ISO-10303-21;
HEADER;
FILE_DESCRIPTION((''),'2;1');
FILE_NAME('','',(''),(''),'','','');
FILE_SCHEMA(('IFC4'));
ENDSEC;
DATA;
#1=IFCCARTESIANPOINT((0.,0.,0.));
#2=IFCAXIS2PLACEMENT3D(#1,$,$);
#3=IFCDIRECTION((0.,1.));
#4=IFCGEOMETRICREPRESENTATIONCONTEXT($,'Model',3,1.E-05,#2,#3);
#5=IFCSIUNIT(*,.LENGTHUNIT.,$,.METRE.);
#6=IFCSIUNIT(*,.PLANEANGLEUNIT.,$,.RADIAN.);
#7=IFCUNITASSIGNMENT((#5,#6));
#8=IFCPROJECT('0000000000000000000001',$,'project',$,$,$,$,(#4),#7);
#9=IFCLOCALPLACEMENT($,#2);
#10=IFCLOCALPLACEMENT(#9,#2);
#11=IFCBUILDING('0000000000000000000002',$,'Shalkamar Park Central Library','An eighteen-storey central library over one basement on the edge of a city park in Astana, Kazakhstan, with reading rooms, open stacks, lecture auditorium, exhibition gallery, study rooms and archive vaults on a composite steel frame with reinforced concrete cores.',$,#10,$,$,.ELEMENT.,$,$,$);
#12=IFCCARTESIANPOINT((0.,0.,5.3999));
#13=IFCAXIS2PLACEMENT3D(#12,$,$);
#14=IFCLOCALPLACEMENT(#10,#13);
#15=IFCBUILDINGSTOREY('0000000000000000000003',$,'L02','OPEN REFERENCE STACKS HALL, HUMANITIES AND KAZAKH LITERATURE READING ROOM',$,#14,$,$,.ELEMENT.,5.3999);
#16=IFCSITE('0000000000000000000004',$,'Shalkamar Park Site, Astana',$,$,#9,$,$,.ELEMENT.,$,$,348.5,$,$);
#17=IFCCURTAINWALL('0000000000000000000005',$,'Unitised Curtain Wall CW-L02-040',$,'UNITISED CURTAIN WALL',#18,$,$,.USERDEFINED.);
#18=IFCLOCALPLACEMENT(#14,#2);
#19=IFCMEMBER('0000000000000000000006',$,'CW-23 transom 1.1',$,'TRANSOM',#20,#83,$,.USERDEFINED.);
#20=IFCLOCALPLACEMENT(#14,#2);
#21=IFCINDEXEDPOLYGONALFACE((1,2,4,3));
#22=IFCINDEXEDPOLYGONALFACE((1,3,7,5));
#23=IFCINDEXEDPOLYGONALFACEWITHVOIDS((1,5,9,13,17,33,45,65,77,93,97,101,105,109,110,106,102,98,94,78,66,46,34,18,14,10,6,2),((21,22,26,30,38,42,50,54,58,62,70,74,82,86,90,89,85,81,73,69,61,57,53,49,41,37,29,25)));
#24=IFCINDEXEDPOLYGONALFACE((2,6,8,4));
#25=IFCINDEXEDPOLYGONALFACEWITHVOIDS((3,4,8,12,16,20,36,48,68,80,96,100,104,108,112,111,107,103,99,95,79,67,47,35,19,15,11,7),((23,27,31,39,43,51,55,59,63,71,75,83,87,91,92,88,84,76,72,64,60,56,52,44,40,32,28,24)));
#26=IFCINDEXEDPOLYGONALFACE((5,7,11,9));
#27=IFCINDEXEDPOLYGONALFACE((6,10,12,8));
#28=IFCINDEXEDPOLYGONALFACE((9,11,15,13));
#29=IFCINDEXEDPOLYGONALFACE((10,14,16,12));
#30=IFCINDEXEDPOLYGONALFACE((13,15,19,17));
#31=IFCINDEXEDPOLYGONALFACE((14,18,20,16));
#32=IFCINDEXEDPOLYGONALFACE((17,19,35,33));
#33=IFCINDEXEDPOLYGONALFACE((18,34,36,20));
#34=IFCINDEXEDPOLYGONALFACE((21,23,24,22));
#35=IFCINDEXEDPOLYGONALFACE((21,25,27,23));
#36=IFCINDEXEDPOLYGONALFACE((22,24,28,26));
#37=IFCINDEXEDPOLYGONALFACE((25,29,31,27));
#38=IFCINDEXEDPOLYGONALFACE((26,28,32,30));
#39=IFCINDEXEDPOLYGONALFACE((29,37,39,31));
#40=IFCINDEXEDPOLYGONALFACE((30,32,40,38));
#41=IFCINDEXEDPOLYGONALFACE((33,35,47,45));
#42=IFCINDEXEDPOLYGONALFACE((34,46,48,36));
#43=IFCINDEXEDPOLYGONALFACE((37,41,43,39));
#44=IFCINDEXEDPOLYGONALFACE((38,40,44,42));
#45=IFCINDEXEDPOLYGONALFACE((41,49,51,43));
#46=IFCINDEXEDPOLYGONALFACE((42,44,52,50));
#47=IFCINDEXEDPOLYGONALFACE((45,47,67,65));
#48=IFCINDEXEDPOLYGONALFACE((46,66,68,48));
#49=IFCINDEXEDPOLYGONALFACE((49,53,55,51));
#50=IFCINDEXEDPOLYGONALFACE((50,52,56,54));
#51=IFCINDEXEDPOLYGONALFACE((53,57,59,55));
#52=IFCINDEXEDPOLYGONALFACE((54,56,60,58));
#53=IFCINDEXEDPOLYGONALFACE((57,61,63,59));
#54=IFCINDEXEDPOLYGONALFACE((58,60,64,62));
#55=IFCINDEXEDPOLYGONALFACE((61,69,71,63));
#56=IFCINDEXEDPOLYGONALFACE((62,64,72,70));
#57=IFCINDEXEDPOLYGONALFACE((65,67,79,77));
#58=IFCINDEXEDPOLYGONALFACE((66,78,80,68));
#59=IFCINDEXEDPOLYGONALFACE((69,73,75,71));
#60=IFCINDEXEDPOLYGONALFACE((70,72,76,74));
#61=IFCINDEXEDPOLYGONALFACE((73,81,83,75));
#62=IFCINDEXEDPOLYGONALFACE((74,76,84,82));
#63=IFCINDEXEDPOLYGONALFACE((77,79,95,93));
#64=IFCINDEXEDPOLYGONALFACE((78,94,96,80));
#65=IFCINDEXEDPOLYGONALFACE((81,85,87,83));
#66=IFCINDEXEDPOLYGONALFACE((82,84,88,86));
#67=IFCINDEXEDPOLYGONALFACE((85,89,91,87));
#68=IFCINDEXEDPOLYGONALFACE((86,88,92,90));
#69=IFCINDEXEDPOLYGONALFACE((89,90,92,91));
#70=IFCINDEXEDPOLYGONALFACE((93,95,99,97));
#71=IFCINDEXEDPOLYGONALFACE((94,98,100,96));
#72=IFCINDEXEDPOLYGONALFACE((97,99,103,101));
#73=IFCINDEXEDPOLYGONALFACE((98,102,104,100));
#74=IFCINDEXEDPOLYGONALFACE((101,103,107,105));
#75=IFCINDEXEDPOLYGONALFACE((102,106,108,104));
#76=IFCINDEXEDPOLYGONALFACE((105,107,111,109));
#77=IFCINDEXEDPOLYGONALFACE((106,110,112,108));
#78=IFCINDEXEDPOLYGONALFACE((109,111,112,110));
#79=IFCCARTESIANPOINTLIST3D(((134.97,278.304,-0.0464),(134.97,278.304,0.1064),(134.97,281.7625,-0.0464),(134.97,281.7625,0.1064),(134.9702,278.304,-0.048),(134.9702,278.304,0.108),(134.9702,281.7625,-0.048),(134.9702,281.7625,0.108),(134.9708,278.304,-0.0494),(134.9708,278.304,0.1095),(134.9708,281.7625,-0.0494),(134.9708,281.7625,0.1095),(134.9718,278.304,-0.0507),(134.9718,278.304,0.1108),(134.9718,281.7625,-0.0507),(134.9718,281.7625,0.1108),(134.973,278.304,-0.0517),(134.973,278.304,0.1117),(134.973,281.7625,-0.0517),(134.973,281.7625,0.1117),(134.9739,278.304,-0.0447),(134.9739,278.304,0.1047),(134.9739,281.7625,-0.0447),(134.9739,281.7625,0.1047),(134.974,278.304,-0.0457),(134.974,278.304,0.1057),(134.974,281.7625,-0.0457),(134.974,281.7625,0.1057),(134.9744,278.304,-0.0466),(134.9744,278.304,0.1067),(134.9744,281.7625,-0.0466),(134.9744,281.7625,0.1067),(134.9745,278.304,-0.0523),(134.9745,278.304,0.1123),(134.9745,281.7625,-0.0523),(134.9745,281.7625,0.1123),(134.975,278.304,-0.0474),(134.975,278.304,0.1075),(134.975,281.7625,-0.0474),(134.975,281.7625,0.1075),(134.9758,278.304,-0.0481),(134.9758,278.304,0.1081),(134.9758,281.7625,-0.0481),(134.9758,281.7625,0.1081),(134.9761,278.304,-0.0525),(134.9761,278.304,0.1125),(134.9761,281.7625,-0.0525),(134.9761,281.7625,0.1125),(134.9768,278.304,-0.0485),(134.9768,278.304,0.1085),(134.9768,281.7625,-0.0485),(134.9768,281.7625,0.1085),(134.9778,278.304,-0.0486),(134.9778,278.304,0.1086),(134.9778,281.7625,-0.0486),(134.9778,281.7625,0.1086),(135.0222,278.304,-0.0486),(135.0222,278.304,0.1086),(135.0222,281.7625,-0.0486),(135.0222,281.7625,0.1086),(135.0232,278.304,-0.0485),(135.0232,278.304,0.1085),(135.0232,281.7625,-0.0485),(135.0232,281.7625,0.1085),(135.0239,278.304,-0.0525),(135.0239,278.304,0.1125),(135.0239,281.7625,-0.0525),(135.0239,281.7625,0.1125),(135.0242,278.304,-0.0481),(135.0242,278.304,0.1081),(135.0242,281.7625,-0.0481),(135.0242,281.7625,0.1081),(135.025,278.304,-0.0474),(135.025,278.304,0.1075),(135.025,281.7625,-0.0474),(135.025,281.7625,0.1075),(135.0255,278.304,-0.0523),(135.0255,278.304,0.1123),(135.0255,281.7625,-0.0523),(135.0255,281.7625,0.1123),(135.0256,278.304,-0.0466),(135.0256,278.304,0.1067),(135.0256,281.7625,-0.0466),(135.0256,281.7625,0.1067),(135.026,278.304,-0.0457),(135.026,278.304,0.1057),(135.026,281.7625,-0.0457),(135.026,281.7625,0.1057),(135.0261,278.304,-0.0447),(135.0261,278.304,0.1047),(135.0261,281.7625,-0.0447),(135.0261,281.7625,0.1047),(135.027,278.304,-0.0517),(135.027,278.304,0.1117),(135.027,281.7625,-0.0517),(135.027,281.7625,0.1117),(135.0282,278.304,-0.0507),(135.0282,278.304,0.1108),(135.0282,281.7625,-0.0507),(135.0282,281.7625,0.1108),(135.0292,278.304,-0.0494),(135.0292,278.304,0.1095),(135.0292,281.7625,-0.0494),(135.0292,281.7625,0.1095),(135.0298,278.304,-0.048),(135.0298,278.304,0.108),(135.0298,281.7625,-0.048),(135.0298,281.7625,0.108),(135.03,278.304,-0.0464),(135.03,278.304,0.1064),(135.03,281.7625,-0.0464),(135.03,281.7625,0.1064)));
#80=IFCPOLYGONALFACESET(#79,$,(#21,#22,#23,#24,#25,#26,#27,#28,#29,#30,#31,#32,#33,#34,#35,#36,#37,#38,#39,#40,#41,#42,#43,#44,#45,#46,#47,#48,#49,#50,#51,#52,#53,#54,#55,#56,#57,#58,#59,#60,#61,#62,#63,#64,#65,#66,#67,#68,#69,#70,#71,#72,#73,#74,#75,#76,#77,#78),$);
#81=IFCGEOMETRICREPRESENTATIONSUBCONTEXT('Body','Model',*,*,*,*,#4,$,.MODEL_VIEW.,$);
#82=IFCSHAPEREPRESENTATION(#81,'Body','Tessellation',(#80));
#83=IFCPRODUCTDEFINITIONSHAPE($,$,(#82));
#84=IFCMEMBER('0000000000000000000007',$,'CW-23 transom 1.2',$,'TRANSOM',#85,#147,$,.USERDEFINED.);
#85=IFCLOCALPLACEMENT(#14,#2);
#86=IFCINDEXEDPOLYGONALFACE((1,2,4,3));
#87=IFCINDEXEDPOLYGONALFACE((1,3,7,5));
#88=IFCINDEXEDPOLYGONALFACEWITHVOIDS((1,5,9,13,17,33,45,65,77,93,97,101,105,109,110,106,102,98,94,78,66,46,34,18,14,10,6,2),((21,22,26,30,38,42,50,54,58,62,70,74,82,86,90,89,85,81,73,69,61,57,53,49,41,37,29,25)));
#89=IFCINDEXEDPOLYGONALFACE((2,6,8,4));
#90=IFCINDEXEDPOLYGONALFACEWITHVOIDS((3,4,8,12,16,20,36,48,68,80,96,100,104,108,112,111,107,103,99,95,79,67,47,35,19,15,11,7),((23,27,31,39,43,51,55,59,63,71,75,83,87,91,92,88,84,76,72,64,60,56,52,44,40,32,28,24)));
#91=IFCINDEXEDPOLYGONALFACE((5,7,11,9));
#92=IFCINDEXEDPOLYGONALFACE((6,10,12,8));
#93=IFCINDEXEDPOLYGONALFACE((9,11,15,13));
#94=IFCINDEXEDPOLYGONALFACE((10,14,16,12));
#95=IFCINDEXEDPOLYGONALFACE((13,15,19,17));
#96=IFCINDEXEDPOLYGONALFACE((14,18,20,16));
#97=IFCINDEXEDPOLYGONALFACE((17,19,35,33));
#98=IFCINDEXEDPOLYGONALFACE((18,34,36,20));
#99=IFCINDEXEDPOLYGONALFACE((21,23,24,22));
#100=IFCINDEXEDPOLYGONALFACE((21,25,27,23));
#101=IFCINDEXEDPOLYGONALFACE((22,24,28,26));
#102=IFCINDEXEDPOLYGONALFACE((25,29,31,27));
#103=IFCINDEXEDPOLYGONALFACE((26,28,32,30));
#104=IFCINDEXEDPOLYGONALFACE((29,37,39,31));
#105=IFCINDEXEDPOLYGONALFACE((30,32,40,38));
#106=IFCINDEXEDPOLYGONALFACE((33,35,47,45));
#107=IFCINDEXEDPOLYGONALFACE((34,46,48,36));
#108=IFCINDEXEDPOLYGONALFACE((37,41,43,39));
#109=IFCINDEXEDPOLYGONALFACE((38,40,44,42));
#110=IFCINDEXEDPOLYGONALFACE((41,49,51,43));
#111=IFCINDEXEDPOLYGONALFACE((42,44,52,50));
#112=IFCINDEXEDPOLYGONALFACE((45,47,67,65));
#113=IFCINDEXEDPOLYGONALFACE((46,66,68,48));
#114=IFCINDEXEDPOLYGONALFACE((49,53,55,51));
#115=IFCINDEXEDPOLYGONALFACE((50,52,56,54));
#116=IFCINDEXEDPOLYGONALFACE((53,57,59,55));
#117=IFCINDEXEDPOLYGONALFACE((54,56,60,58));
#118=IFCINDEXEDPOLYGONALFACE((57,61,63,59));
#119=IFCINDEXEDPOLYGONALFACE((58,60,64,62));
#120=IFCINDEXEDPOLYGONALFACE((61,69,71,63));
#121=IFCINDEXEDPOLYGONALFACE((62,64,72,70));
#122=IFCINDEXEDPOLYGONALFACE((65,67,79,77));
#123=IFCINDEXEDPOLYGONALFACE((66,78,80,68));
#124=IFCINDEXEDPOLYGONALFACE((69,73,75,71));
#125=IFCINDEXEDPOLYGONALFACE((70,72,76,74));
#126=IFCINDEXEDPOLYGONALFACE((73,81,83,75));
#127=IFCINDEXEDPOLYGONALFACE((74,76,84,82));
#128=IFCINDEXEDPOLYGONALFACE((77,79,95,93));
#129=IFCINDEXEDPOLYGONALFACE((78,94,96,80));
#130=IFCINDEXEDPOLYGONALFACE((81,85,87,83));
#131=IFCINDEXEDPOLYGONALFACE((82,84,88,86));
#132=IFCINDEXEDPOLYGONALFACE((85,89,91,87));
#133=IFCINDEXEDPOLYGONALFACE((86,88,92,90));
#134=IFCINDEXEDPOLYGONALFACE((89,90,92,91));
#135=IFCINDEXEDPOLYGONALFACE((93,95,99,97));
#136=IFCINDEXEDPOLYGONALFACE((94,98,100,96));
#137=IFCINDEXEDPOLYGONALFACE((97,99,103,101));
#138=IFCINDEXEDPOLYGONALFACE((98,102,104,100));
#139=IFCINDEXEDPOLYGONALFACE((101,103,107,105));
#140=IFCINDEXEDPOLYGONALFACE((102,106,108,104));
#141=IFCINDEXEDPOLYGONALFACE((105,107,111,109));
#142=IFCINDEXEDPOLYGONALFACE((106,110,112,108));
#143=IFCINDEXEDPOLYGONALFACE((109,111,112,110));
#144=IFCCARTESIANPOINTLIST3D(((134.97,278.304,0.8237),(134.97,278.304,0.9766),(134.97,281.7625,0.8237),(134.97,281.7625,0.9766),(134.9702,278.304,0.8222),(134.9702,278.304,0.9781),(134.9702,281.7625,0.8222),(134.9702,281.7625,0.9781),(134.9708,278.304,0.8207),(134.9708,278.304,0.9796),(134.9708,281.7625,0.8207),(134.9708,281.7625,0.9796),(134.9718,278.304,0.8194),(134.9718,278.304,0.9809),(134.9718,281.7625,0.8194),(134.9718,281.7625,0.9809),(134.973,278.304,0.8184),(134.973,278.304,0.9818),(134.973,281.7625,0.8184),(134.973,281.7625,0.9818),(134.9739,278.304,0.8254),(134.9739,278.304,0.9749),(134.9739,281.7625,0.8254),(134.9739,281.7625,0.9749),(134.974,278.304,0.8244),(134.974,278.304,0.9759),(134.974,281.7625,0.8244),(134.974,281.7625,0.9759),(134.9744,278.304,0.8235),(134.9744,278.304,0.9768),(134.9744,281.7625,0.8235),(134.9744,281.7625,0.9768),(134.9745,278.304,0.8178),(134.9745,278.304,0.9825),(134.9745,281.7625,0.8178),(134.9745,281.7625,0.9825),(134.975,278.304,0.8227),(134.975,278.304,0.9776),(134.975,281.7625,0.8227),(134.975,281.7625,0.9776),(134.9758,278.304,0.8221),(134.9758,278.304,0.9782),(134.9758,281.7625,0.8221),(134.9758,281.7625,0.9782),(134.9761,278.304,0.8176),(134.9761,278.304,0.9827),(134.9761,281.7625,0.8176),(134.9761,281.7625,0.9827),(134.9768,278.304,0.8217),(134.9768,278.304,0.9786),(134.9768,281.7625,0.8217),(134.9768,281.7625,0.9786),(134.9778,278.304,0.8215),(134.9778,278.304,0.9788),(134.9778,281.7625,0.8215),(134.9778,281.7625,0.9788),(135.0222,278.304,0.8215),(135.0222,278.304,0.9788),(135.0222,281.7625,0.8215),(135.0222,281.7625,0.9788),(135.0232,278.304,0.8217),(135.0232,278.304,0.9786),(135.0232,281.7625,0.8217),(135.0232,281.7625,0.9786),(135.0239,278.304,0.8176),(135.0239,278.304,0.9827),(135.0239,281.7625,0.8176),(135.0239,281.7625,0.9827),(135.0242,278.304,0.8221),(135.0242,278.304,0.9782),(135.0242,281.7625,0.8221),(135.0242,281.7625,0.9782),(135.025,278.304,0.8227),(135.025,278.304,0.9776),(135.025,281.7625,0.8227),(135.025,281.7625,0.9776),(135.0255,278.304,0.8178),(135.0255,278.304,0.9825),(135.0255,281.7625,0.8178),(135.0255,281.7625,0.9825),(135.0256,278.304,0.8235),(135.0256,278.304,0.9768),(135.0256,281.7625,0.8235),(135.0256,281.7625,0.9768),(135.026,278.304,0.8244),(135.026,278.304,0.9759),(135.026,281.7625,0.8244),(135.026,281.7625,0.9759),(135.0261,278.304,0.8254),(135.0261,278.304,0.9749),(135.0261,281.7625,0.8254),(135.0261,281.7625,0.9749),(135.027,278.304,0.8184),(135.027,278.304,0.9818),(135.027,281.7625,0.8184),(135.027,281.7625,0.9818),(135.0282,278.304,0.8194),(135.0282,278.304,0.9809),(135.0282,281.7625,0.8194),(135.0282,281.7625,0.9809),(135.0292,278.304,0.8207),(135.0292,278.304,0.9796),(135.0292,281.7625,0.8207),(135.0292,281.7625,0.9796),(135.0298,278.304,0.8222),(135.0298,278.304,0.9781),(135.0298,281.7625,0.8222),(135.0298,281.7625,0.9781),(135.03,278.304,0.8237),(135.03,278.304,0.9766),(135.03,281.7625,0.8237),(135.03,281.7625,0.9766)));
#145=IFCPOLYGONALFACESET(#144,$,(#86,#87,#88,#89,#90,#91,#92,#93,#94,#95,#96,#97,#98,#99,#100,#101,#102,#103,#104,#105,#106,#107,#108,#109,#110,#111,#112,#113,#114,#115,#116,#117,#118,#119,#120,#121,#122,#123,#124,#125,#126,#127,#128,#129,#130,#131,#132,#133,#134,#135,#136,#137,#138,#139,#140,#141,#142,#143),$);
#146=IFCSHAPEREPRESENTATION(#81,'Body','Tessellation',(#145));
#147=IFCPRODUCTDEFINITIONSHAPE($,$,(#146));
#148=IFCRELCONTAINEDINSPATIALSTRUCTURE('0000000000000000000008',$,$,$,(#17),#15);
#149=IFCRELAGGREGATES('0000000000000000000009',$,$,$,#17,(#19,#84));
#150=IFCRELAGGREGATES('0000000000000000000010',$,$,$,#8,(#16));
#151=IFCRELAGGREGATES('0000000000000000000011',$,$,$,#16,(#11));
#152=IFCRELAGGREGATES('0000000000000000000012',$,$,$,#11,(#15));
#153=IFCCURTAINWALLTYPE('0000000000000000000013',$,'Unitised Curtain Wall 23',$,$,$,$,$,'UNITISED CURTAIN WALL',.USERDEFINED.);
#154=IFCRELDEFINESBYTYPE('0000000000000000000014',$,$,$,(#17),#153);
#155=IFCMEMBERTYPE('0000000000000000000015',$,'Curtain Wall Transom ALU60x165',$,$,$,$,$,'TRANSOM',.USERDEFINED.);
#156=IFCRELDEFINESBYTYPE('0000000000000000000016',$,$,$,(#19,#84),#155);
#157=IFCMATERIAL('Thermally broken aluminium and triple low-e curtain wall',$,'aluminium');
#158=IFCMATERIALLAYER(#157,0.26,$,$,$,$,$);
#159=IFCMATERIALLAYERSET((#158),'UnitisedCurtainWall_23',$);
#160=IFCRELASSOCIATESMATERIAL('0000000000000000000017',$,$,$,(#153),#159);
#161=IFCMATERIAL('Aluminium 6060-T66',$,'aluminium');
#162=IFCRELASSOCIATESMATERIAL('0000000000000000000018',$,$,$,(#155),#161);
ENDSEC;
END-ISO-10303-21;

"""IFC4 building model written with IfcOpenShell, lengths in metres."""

from ifc_helpers import new_model, si_unit, direction, frame, origin, origin_2d, place, context, subcontext, project, spatial, hollow_rectangle, extrude, material, layer, layer_set, material_profile, profile_set, type_object, element, aggregate, save


model = new_model("IFC4")

# Units and contexts
model_context = context("Model", 3, precision=1e-05, world=origin(), true_north=direction((0.0, 1.0)))
body_context = subcontext(model_context, "Body", "Model", "MODEL_VIEW")
ifc_project = project(units=[si_unit("LENGTHUNIT", "METRE"), si_unit("PLANEANGLEUNIT", "RADIAN")], contexts=[model_context])

# Site, building, storey
site_placement = place(None, origin())
site = spatial("IfcSite", under=ifc_project, at=site_placement, Name="Shalkamar Park Site, Astana", CompositionType="ELEMENT", RefElevation=348.5)
building_placement = place(site_placement, origin())
building = spatial("IfcBuilding", under=site, at=building_placement, Name="Shalkamar Park Central Library", Description="An eighteen-storey central library over one basement on the edge of a city park in Astana, Kazakhstan, with reading rooms, open stacks, lecture auditorium, exhibition gallery, study rooms and archive vaults on a composite steel frame with reinforced concrete cores.", CompositionType="ELEMENT")
storey_placement = place(building_placement, frame((0.0, 0.0, 5.3999)))
storey = spatial("IfcBuildingStorey", under=building, at=storey_placement, Name="L02", Description="OPEN REFERENCE STACKS HALL, HUMANITIES AND KAZAKH LITERATURE READING ROOM", CompositionType="ELEMENT", Elevation=5.3999)

# Curtain wall, members
ifc_material_1 = material(Name="Thermally broken aluminium and triple low-e curtain wall", Category="aluminium")
ifc_layer_1 = layer(ifc_material_1, 0.26)
ifc_layer_set_1 = layer_set([ifc_layer_1], Name="UnitisedCurtainWall_23")
curtain_wall_type = type_object("IfcCurtainWallType", Name="Unitised Curtain Wall 23", ElementType="UNITISED CURTAIN WALL", PredefinedType="USERDEFINED", material=ifc_layer_set_1)
curtain_wall_placement = place(storey_placement, origin())
curtain_wall = element("IfcCurtainWall", 1, at=curtain_wall_placement, inside=storey, type_object=curtain_wall_type, Name="Unitised Curtain Wall CW-L02-040", ObjectType="UNITISED CURTAIN WALL", PredefinedType="USERDEFINED")
ifc_material_2 = material(Name="Aluminium 6060-T66", Category="aluminium")
ifc_material_profile_1 = material_profile(ifc_material_2, hollow_rectangle(XDim=0.0601, YDim=0.165, WallThickness=0.0039, InnerFilletRadius=0.0039, OuterFilletRadius=0.0061, at=origin_2d()), Name="ALU 60x165x4")
ifc_profile_set_1 = profile_set([ifc_material_profile_1], Name="Aluminium 6060-T66")
member_type_1 = type_object("IfcMemberType", Name="Curtain Wall Transom ALU60x165", ElementType="TRANSOM", PredefinedType="USERDEFINED", material=ifc_profile_set_1)
member_1_placement = place(storey_placement, frame((135.0, 278.304, 0.03), z_axis=(0.0, 1.0, 0.0), x_axis=(-1.0, 0.0, 0.0)))
member_1 = element("IfcMember", 2, at=member_1_placement, type_object=member_type_1, Name="CW-23 transom 1.1", ObjectType="TRANSOM", PredefinedType="USERDEFINED", context=body_context, shape_type="SweptSolid", body=[
    extrude(hollow_rectangle(XDim=0.0601, YDim=0.165, WallThickness=0.0039, InnerFilletRadius=0.0039, OuterFilletRadius=0.0061, at=origin_2d()), origin(), (0.0, 0.0, 1.0), 3.4585),
])
member_2_placement = place(storey_placement, frame((135.0, 278.304, 0.9001), z_axis=(0.0, 1.0, 0.0), x_axis=(-1.0, 0.0, 0.0)))
member_2 = element("IfcMember", 3, at=member_2_placement, type_object=member_type_1, Name="CW-23 transom 1.2", ObjectType="TRANSOM", PredefinedType="USERDEFINED", context=body_context, shape_type="SweptSolid", body=[
    extrude(hollow_rectangle(XDim=0.0601, YDim=0.165, WallThickness=0.0039, InnerFilletRadius=0.0039, OuterFilletRadius=0.0061, at=origin_2d()), origin(), (0.0, 0.0, 1.0), 3.4585),
])

aggregate(curtain_wall, [member_1, member_2])

save(model, "model.ifc")
